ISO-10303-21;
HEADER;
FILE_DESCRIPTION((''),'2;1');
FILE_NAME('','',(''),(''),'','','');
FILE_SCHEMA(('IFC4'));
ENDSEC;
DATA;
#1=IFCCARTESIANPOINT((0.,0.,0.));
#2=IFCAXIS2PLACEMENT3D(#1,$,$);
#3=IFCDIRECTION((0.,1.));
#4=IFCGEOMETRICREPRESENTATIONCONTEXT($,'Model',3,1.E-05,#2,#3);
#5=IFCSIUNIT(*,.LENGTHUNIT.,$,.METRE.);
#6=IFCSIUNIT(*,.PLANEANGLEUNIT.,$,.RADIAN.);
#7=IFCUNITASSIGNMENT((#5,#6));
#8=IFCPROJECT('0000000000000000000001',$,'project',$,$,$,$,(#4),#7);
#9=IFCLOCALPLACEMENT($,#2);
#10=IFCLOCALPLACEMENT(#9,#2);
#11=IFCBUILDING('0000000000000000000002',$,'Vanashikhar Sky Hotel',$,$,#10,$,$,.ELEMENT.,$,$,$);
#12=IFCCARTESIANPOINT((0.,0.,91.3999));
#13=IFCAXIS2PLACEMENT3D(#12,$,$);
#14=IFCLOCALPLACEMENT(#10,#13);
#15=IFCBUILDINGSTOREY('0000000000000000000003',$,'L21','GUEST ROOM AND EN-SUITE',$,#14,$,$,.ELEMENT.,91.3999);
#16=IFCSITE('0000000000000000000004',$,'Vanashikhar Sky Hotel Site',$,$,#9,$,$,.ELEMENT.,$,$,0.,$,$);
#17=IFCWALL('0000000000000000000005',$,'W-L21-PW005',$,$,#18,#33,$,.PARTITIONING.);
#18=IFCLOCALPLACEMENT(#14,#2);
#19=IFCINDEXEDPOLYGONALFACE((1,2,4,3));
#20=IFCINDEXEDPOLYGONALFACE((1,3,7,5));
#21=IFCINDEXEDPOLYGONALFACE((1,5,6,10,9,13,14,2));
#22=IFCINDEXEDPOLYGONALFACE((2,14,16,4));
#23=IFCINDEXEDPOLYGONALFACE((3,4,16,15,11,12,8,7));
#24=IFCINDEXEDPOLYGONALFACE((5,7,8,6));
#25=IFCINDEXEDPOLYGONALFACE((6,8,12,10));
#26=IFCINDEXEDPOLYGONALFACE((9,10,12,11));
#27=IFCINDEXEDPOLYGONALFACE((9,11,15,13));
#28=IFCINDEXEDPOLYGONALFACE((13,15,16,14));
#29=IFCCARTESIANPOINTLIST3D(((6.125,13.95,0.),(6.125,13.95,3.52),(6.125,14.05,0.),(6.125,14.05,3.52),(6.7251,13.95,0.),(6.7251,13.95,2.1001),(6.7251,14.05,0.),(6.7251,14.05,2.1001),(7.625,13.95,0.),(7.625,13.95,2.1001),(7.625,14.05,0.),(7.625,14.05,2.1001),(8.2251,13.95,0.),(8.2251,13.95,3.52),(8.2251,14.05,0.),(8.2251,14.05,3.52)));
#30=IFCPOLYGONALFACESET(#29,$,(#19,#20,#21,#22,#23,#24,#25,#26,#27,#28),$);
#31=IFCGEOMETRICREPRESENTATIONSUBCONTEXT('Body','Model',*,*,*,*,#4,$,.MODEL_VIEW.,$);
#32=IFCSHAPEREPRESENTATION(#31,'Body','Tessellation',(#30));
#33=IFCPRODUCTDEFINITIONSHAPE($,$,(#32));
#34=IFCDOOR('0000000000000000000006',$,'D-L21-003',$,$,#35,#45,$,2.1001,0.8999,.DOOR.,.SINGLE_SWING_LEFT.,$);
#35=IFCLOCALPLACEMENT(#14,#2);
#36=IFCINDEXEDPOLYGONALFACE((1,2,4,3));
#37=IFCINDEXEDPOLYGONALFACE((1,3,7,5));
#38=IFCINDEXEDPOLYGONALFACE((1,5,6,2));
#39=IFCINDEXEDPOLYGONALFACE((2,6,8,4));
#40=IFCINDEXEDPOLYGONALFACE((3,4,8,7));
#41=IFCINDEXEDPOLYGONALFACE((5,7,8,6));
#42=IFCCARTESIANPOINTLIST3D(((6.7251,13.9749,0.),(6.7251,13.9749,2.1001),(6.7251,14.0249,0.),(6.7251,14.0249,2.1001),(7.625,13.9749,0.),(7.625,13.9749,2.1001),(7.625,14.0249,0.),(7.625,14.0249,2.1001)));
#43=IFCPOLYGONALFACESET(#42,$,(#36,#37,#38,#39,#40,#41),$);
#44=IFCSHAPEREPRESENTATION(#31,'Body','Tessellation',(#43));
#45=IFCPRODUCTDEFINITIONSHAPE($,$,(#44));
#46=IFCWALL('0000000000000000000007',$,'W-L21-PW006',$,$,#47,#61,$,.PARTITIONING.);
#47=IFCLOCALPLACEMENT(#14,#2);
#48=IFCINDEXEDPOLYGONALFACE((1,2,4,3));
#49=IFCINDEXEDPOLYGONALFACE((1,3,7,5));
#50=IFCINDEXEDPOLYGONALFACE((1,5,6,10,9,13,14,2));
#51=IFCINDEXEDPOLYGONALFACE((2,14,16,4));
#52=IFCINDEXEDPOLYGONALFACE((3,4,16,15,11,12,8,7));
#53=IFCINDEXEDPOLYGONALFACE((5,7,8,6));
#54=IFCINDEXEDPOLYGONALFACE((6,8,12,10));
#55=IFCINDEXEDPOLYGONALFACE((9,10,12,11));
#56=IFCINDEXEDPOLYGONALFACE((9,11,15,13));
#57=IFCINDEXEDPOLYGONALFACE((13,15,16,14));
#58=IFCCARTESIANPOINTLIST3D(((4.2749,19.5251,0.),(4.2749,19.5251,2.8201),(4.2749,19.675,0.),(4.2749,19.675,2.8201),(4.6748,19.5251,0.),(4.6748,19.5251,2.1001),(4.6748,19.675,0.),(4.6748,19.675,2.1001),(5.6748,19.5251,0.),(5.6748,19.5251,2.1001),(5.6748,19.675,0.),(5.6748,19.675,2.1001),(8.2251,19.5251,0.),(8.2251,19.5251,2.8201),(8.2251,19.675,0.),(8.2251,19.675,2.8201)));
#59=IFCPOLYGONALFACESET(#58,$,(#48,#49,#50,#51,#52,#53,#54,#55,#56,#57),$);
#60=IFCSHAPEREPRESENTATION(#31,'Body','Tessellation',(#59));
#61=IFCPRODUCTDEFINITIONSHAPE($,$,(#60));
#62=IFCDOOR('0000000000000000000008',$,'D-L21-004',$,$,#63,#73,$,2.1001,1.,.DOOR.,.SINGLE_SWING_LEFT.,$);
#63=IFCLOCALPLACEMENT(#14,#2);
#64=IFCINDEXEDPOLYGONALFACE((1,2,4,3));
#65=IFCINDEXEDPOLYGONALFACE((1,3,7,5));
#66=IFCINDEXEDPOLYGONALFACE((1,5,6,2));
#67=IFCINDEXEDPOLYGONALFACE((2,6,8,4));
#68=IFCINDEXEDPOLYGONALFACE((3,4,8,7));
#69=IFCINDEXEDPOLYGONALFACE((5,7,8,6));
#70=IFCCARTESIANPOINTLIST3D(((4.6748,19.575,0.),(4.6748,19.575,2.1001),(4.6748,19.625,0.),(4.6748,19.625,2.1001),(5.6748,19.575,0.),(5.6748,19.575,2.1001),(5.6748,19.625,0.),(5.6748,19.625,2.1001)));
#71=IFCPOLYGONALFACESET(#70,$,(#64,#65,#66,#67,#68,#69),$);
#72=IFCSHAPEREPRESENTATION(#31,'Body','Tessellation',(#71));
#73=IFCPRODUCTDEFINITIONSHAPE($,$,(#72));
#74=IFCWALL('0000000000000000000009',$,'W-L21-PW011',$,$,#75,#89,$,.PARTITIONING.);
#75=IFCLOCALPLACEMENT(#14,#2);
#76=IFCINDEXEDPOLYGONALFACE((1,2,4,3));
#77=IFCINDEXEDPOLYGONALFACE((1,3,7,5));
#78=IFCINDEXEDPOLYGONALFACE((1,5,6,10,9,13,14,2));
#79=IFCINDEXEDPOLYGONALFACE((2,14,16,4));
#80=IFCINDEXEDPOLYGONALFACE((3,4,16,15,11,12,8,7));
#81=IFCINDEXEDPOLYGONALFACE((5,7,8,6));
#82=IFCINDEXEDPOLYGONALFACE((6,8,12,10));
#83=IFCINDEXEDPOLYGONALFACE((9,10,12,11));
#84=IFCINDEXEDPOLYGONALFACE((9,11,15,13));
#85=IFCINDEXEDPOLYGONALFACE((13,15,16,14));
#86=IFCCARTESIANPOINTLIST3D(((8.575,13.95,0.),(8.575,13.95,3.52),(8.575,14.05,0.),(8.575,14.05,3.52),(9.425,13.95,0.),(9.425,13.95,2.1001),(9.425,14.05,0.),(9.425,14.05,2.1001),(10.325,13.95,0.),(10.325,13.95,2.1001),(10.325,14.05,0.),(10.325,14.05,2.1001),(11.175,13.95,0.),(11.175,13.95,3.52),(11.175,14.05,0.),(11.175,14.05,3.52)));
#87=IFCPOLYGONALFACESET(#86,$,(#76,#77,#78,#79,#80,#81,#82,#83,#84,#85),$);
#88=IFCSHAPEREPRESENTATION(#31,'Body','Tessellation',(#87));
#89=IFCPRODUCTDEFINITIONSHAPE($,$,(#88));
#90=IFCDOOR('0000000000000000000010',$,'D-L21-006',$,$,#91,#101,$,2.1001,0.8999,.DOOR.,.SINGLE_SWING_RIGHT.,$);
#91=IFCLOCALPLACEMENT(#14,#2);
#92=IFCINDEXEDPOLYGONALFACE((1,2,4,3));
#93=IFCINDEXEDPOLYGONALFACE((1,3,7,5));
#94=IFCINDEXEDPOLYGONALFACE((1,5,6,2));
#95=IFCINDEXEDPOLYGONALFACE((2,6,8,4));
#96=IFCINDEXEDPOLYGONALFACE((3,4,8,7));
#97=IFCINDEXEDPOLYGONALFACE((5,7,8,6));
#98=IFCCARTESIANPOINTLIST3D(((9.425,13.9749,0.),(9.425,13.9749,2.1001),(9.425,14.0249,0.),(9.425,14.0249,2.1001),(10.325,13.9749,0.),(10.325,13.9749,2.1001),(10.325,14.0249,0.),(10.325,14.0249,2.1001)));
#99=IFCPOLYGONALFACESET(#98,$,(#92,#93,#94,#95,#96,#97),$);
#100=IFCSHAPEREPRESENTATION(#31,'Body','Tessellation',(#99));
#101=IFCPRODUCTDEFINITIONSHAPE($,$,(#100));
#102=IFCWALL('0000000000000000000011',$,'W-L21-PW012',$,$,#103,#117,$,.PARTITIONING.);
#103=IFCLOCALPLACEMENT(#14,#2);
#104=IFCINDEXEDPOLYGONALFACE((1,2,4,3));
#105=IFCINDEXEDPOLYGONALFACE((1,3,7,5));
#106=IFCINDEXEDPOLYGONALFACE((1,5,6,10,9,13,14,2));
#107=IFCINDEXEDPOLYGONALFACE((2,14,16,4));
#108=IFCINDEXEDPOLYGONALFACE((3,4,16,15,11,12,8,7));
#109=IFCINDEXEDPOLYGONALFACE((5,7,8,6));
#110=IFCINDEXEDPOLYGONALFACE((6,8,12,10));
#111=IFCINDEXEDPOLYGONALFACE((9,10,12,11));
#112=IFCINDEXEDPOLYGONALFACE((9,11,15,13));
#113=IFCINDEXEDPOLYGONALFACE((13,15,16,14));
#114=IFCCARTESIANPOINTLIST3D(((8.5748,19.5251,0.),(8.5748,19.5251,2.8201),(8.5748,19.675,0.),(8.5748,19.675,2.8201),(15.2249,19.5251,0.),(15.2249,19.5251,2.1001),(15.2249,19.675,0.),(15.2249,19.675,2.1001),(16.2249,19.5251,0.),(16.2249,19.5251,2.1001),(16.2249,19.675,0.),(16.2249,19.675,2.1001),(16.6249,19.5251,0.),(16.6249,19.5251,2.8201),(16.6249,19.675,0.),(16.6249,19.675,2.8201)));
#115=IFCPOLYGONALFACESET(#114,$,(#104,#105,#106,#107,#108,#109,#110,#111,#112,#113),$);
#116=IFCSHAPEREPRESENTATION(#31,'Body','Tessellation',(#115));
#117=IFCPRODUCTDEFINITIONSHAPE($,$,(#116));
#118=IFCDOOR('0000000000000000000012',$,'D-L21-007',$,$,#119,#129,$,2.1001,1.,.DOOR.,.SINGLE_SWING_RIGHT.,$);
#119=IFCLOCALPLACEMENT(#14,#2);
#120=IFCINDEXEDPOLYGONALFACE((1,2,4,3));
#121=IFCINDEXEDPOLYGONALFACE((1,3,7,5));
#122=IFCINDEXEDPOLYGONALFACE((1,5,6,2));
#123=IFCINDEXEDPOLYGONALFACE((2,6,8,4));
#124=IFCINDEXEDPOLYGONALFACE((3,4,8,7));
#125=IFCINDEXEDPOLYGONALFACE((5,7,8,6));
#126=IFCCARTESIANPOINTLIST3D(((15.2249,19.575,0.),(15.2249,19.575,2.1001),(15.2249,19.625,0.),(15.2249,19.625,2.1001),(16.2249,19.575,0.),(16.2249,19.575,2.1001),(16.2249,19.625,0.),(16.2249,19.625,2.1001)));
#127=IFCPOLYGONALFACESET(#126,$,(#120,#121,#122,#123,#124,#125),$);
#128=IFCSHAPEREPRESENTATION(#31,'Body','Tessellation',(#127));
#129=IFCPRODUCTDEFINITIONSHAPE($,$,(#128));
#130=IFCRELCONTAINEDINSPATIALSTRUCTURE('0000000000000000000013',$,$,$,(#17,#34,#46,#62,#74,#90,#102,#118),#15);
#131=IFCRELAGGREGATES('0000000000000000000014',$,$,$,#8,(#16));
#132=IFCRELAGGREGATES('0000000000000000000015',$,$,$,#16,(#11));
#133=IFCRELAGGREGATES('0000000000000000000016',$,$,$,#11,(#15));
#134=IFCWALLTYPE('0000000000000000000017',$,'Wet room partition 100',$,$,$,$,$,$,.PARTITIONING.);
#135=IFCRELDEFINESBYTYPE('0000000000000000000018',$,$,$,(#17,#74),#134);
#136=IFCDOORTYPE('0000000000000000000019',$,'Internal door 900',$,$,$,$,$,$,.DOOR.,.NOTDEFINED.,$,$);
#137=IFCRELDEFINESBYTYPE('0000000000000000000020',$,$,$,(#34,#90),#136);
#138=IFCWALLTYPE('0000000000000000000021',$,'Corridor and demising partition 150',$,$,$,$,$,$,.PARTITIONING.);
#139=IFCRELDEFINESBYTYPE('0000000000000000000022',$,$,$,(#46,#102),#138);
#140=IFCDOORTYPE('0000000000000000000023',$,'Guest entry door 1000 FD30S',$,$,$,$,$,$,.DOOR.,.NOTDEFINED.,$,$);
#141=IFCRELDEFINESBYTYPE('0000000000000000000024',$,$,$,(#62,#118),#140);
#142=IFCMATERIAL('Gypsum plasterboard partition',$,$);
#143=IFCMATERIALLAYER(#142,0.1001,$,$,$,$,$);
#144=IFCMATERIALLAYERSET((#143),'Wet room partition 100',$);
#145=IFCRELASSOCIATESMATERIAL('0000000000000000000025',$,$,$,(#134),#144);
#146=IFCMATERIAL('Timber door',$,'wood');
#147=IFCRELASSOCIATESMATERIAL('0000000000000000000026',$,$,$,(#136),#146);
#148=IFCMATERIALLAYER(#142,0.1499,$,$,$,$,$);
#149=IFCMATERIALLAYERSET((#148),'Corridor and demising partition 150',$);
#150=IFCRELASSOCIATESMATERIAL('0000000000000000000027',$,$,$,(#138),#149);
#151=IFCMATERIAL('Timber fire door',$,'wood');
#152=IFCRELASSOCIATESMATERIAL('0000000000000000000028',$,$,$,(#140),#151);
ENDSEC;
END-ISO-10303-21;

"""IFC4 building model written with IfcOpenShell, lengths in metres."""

from ifc_helpers import new_model, si_unit, direction, frame, frame_2d, origin, place, context, subcontext, project, spatial, rectangle, extrude, source, transform, mapped, material, layer, layer_set, type_object, element, fill, save


model = new_model("IFC4")

# Units and contexts
model_context = context("Model", 3, precision=1e-05, world=origin(), true_north=direction((0.0, 1.0)))
body_context = subcontext(model_context, "Body", "Model", "MODEL_VIEW")
ifc_project = project(units=[si_unit("LENGTHUNIT", "METRE"), si_unit("PLANEANGLEUNIT", "RADIAN")], contexts=[model_context])

# Site, building, storey
site_placement = place(None, origin())
site = spatial("IfcSite", under=ifc_project, at=site_placement, Name="Vanashikhar Sky Hotel Site", CompositionType="ELEMENT", RefElevation=0.0)
building_placement = place(site_placement, origin())
building = spatial("IfcBuilding", under=site, at=building_placement, Name="Vanashikhar Sky Hotel", CompositionType="ELEMENT")
storey_placement = place(building_placement, frame((0.0, 0.0, 91.3999)))
storey = spatial("IfcBuildingStorey", under=building, at=storey_placement, Name="L21", Description="GUEST ROOM AND EN-SUITE", CompositionType="ELEMENT", Elevation=91.3999)

# Shared definitions
ifc_material_1 = material(Name="Gypsum plasterboard partition")
ifc_layer_1 = layer(ifc_material_1, 0.1001)
ifc_layer_set_1 = layer_set([ifc_layer_1], Name="Wet room partition 100")
wall_type_1 = type_object("IfcWallType", Name="Wet room partition 100", PredefinedType="PARTITIONING", material=ifc_layer_set_1)
shared_shape_1 = source(origin(), body_context, "Body", "SweptSolid", [
    extrude(rectangle(XDim=0.8999, YDim=2.1001, at=frame_2d((0.45, 1.05))), frame((0.0, 0.0601, 0.0), z_axis=(0.0, -1.0, 0.0), x_axis=(1.0, 0.0, 0.0)), (0.0, 0.0, 1.0), 0.1201),
])
ifc_material_2 = material(Name="Timber door", Category="wood")
door_type_1 = type_object("IfcDoorType", Name="Internal door 900", OperationType="NOTDEFINED", PredefinedType="DOOR", material=ifc_material_2)
shared_shape_2 = source(origin(), body_context, "Body", "SweptSolid", [
    extrude(rectangle(XDim=0.8999, YDim=2.1001, at=frame_2d((0.45, 1.05))), frame((0.0, 0.0249, 0.0), z_axis=(0.0, -1.0, 0.0), x_axis=(1.0, 0.0, 0.0)), (0.0, 0.0, 1.0), 0.05),
])

# Walls, openings, doors
ifc_layer_2 = layer(ifc_material_1, 0.1499)
ifc_layer_set_2 = layer_set([ifc_layer_2], Name="Corridor and demising partition 150")
wall_type_2 = type_object("IfcWallType", Name="Corridor and demising partition 150", PredefinedType="PARTITIONING", material=ifc_layer_set_2)
shared_shape_3 = source(origin(), body_context, "Body", "SweptSolid", [
    extrude(rectangle(XDim=1.0, YDim=2.1001, at=frame_2d((0.5, 1.05))), frame((0.0, 0.085, 0.0), z_axis=(0.0, -1.0, 0.0), x_axis=(1.0, 0.0, 0.0)), (0.0, 0.0, 1.0), 0.1699),
])
ifc_material_3 = material(Name="Timber fire door", Category="wood")
door_type_2 = type_object("IfcDoorType", Name="Guest entry door 1000 FD30S", OperationType="NOTDEFINED", PredefinedType="DOOR", material=ifc_material_3)
shared_shape_4 = source(origin(), body_context, "Body", "SweptSolid", [
    extrude(rectangle(XDim=1.0, YDim=2.1001, at=frame_2d((0.5, 1.05))), frame((0.0, 0.0249, 0.0), z_axis=(0.0, -1.0, 0.0), x_axis=(1.0, 0.0, 0.0)), (0.0, 0.0, 1.0), 0.05),
])
shared_shape_5 = source(origin(), body_context, "Body", "SweptSolid", [
    extrude(rectangle(XDim=2.1001, YDim=0.1001, at=frame_2d((1.05, 0.0))), origin(), (0.0, 0.0, 1.0), 3.52),
])
wall_1_placement = place(storey_placement, frame((6.125, 14.0, 0.0), z_axis=(0.0, 0.0, 1.0), x_axis=(1.0, 0.0, 0.0)))
wall_1 = element("IfcWall", 1, at=wall_1_placement, inside=storey, type_object=wall_type_1, Name="W-L21-PW005", PredefinedType="PARTITIONING", context=body_context, shape_type="MappedRepresentation", body=[
    mapped(shared_shape_5, transform((0.0, 0.0, 0.0), scale=1.0)),
])
opening_1_placement = place(wall_1_placement, frame((0.6001, 0.0, 0.0)))
opening_1 = element("IfcOpeningElement", 2, at=opening_1_placement, cuts=wall_1, PredefinedType="OPENING", context=body_context, shape_type="MappedRepresentation", body=[
    mapped(shared_shape_1, transform((0.0, 0.0, 0.0), scale=1.0)),
])
door_1_placement = place(opening_1_placement, origin())
door_1 = element("IfcDoor", 3, at=door_1_placement, inside=storey, type_object=door_type_1, Name="D-L21-003", OperationType="SINGLE_SWING_LEFT", OverallHeight=2.1001, OverallWidth=0.8999, PredefinedType="DOOR", context=body_context, shape_type="MappedRepresentation", body=[
    mapped(shared_shape_2, transform((0.0, 0.0, 0.0), scale=1.0)),
])
fill(opening_1, door_1)
shared_shape_6 = source(origin(), body_context, "Body", "SweptSolid", [
    extrude(rectangle(XDim=3.9502, YDim=0.1499, at=frame_2d((1.9751, 0.0))), origin(), (0.0, 0.0, 1.0), 2.8201),
])
wall_2_placement = place(storey_placement, frame((4.2749, 19.6001, 0.0), z_axis=(0.0, 0.0, 1.0), x_axis=(1.0, 0.0, 0.0)))
wall_2 = element("IfcWall", 4, at=wall_2_placement, inside=storey, type_object=wall_type_2, Name="W-L21-PW006", PredefinedType="PARTITIONING", context=body_context, shape_type="MappedRepresentation", body=[
    mapped(shared_shape_6, transform((0.0, 0.0, 0.0), scale=1.0)),
])
opening_2_placement = place(wall_2_placement, frame((0.3999, 0.0, 0.0)))
opening_2 = element("IfcOpeningElement", 5, at=opening_2_placement, cuts=wall_2, PredefinedType="OPENING", context=body_context, shape_type="MappedRepresentation", body=[
    mapped(shared_shape_3, transform((0.0, 0.0, 0.0), scale=1.0)),
])
door_2_placement = place(opening_2_placement, origin())
door_2 = element("IfcDoor", 6, at=door_2_placement, inside=storey, type_object=door_type_2, Name="D-L21-004", OperationType="SINGLE_SWING_LEFT", OverallHeight=2.1001, OverallWidth=1.0, PredefinedType="DOOR", context=body_context, shape_type="MappedRepresentation", body=[
    mapped(shared_shape_4, transform((0.0, 0.0, 0.0), scale=1.0)),
])
fill(opening_2, door_2)
shared_shape_7 = source(origin(), body_context, "Body", "SweptSolid", [
    extrude(rectangle(XDim=2.6001, YDim=0.1001, at=frame_2d((1.3, 0.0))), origin(), (0.0, 0.0, 1.0), 3.52),
])
wall_3_placement = place(storey_placement, frame((8.575, 14.0, 0.0), z_axis=(0.0, 0.0, 1.0), x_axis=(1.0, 0.0, 0.0)))
wall_3 = element("IfcWall", 7, at=wall_3_placement, inside=storey, type_object=wall_type_1, Name="W-L21-PW011", PredefinedType="PARTITIONING", context=body_context, shape_type="MappedRepresentation", body=[
    mapped(shared_shape_7, transform((0.0, 0.0, 0.0), scale=1.0)),
])
opening_3_placement = place(wall_3_placement, frame((0.8501, 0.0, 0.0)))
opening_3 = element("IfcOpeningElement", 8, at=opening_3_placement, cuts=wall_3, PredefinedType="OPENING", context=body_context, shape_type="MappedRepresentation", body=[
    mapped(shared_shape_1, transform((0.0, 0.0, 0.0), scale=1.0)),
])
door_3_placement = place(opening_3_placement, origin())
door_3 = element("IfcDoor", 9, at=door_3_placement, inside=storey, type_object=door_type_1, Name="D-L21-006", OperationType="SINGLE_SWING_RIGHT", OverallHeight=2.1001, OverallWidth=0.8999, PredefinedType="DOOR", context=body_context, shape_type="MappedRepresentation", body=[
    mapped(shared_shape_2, transform((0.0, 0.0, 0.0), scale=1.0)),
])
fill(opening_3, door_3)
shared_shape_8 = source(origin(), body_context, "Body", "SweptSolid", [
    extrude(rectangle(XDim=8.05, YDim=0.1499, at=frame_2d((4.0249, 0.0))), origin(), (0.0, 0.0, 1.0), 2.8201),
])
wall_4_placement = place(storey_placement, frame((8.575, 19.6001, 0.0), z_axis=(0.0, 0.0, 1.0), x_axis=(1.0, 0.0, 0.0)))
wall_4 = element("IfcWall", 10, at=wall_4_placement, inside=storey, type_object=wall_type_2, Name="W-L21-PW012", PredefinedType="PARTITIONING", context=body_context, shape_type="MappedRepresentation", body=[
    mapped(shared_shape_8, transform((0.0, 0.0, 0.0), scale=1.0)),
])
opening_4_placement = place(wall_4_placement, frame((6.6499, 0.0, 0.0)))
opening_4 = element("IfcOpeningElement", 11, at=opening_4_placement, cuts=wall_4, PredefinedType="OPENING", context=body_context, shape_type="MappedRepresentation", body=[
    mapped(shared_shape_3, transform((0.0, 0.0, 0.0), scale=1.0)),
])
door_4_placement = place(opening_4_placement, origin())
door_4 = element("IfcDoor", 12, at=door_4_placement, inside=storey, type_object=door_type_2, Name="D-L21-007", OperationType="SINGLE_SWING_RIGHT", OverallHeight=2.1001, OverallWidth=1.0, PredefinedType="DOOR", context=body_context, shape_type="MappedRepresentation", body=[
    mapped(shared_shape_4, transform((0.0, 0.0, 0.0), scale=1.0)),
])
fill(opening_4, door_4)

save(model, "model.ifc")
